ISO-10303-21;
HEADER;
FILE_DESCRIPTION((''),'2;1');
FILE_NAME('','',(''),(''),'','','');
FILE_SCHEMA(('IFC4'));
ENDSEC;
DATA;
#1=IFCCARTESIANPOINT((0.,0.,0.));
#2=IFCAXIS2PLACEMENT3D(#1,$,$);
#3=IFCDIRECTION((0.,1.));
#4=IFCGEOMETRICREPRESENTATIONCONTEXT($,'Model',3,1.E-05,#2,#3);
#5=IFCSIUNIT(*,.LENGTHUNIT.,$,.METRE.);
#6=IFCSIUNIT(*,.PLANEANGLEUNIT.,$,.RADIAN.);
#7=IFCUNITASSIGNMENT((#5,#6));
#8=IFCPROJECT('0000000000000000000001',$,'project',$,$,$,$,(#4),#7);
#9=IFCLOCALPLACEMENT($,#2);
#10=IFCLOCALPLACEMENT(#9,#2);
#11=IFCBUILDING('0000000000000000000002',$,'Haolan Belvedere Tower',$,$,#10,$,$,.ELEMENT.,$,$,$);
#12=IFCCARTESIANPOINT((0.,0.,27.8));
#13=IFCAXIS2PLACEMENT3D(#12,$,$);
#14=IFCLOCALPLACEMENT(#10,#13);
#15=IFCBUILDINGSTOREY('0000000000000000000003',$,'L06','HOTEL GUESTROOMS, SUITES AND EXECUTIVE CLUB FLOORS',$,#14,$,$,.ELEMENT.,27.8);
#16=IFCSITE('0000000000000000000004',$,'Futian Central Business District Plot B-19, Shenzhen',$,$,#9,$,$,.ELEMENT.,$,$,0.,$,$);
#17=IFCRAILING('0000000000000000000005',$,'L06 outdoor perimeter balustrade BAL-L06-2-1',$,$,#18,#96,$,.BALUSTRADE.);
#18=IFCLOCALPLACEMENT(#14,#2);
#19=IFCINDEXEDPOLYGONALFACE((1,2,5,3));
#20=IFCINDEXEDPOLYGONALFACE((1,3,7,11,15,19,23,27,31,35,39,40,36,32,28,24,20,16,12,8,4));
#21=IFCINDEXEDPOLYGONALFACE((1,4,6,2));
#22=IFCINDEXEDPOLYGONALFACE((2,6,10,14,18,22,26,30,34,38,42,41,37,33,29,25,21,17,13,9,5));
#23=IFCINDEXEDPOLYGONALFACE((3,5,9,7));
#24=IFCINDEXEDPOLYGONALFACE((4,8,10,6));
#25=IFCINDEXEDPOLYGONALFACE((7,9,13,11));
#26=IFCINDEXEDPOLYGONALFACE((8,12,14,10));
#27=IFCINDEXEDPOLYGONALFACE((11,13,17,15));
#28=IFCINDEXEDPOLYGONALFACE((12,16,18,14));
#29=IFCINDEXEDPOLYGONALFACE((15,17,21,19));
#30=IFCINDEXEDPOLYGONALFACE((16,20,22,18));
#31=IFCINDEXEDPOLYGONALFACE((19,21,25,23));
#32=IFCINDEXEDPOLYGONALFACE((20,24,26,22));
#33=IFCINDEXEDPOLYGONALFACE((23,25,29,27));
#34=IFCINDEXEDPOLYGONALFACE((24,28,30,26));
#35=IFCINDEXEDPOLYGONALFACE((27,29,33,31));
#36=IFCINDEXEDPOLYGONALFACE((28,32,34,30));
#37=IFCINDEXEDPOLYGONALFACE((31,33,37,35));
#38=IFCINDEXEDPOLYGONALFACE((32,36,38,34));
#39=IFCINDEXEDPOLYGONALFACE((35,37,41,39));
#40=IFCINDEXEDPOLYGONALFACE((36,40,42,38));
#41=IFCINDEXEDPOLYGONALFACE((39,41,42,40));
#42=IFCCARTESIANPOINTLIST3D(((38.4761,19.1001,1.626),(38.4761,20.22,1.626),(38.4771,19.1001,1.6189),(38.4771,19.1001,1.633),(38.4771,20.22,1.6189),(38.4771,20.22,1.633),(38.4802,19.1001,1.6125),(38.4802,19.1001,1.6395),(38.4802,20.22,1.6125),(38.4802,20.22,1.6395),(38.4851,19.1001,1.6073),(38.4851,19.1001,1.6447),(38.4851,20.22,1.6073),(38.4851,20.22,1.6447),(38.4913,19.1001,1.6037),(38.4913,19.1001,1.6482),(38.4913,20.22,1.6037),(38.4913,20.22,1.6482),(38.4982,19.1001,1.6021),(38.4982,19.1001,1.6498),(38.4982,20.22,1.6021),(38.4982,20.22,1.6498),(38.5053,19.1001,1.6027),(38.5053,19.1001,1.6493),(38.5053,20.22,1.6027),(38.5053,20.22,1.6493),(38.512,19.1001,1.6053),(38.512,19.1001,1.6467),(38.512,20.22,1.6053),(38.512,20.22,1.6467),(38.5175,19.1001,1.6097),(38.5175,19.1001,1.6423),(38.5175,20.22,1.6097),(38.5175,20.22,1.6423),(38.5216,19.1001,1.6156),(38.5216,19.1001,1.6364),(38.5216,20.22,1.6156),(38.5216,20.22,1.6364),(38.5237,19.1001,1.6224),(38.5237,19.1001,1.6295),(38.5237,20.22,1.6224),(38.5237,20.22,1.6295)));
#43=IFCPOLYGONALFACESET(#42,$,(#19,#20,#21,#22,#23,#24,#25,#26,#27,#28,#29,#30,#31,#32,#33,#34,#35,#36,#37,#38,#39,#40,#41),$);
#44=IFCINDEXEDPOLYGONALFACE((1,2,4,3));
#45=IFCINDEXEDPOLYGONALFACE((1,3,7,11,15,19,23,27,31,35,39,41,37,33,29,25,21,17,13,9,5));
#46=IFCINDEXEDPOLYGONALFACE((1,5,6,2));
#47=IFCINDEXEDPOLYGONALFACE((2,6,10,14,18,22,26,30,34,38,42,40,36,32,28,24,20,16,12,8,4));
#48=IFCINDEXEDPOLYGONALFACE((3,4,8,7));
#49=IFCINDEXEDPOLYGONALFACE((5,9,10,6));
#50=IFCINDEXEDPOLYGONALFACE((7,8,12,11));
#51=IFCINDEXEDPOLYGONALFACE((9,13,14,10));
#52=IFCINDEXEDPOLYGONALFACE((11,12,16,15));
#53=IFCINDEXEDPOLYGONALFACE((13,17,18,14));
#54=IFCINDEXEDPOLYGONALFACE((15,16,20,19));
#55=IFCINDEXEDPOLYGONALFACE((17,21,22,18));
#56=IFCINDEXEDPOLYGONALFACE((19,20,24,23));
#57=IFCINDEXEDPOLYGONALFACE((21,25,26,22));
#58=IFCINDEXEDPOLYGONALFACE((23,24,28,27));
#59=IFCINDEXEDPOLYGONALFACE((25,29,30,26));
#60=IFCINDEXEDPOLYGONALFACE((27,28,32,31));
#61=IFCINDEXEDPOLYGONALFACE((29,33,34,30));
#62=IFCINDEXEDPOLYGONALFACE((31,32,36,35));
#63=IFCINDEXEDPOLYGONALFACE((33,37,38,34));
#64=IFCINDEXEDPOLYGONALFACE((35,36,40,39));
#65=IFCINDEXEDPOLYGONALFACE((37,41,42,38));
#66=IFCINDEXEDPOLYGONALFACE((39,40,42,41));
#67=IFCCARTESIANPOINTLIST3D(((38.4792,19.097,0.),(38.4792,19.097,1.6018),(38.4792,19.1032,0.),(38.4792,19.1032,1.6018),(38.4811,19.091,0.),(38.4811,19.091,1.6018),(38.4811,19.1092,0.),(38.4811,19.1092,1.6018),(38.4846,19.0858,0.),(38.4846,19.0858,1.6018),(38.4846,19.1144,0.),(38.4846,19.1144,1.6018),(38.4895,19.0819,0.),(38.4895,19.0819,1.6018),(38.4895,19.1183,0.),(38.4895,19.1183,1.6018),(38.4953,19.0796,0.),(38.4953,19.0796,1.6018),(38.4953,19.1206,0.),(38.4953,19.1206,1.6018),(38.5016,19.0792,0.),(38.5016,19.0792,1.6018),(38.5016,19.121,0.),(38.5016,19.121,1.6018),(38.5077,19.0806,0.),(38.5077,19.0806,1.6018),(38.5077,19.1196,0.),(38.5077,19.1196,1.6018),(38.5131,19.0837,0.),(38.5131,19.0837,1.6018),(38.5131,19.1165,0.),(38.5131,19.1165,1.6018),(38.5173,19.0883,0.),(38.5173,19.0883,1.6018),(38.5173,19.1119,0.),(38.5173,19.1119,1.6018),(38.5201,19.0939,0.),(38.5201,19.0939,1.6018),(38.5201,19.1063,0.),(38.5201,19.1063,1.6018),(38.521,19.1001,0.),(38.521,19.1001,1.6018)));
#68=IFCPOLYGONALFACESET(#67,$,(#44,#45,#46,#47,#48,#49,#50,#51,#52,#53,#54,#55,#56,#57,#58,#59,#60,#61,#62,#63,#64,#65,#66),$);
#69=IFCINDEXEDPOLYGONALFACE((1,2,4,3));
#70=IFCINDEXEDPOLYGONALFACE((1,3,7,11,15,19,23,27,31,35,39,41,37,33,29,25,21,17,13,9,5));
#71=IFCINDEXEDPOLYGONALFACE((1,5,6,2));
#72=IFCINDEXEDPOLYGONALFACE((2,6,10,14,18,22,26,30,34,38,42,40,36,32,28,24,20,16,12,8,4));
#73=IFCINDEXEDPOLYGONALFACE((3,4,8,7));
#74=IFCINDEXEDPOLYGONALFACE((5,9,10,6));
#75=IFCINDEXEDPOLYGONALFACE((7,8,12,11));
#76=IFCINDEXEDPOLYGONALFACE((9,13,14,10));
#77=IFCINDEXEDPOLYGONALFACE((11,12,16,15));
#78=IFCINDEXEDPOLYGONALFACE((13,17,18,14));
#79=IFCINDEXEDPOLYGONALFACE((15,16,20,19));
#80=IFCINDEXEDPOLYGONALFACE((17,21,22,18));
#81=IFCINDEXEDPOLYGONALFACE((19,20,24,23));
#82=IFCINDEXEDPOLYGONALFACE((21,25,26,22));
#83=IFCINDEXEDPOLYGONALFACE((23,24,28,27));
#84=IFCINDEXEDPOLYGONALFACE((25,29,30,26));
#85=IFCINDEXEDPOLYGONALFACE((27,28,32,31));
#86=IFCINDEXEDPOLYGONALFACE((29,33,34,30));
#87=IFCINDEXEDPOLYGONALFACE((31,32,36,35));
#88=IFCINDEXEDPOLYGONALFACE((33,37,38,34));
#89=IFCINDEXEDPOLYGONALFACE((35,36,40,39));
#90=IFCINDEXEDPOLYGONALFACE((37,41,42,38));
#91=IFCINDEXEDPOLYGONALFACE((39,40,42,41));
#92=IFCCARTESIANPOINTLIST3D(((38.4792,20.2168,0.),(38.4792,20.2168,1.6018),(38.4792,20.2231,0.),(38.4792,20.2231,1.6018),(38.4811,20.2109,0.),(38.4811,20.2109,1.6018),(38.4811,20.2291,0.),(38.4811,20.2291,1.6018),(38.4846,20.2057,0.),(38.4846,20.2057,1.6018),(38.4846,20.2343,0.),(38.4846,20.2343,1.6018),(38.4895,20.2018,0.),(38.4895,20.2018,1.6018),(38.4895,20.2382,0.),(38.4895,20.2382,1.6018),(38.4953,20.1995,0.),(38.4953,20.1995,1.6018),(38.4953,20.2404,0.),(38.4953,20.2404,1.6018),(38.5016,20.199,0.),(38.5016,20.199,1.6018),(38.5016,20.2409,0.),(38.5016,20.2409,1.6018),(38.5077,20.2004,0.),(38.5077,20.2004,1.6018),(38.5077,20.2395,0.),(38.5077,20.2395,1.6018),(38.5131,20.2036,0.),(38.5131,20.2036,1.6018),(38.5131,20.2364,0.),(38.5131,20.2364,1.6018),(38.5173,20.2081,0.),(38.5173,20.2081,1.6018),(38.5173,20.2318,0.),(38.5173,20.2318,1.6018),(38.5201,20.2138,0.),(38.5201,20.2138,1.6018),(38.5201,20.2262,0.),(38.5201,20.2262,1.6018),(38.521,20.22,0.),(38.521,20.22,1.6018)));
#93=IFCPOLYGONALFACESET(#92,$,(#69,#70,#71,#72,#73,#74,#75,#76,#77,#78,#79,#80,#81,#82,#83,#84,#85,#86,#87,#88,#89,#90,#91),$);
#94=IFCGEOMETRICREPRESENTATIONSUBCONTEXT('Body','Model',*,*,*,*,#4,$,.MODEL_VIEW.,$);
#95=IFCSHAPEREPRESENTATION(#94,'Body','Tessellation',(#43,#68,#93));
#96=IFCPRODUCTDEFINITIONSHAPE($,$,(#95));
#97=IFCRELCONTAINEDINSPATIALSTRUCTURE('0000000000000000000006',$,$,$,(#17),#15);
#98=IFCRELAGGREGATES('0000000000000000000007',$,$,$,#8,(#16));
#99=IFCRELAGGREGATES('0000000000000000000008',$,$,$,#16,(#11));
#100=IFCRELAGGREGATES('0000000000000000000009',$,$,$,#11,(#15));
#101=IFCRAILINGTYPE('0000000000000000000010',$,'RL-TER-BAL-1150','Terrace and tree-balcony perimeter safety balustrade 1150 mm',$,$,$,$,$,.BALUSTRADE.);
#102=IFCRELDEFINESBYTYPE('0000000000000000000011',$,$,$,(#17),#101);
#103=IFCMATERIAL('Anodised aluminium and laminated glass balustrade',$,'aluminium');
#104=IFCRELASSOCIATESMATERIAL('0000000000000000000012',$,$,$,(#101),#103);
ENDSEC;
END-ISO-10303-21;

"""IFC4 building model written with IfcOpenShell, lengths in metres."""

from ifc_helpers import new_model, si_unit, direction, frame, origin, origin_2d, place, context, subcontext, project, spatial, circle, extrude, material, type_object, element, save


model = new_model("IFC4")

# Units and contexts
model_context = context("Model", 3, precision=1e-05, world=origin(), true_north=direction((0.0, 1.0)))
body_context = subcontext(model_context, "Body", "Model", "MODEL_VIEW")
ifc_project = project(units=[si_unit("LENGTHUNIT", "METRE"), si_unit("PLANEANGLEUNIT", "RADIAN")], contexts=[model_context])

# Site, building, storey
site_placement = place(None, origin())
site = spatial("IfcSite", under=ifc_project, at=site_placement, Name="Futian Central Business District Plot B-19, Shenzhen", CompositionType="ELEMENT", RefElevation=0.0)
building_placement = place(site_placement, origin())
building = spatial("IfcBuilding", under=site, at=building_placement, Name="Haolan Belvedere Tower", CompositionType="ELEMENT")
storey_placement = place(building_placement, frame((0.0, 0.0, 27.8)))
storey = spatial("IfcBuildingStorey", under=building, at=storey_placement, Name="L06", Description="HOTEL GUESTROOMS, SUITES AND EXECUTIVE CLUB FLOORS", CompositionType="ELEMENT", Elevation=27.8)

# Railing
ifc_material_1 = material(Name="Anodised aluminium and laminated glass balustrade", Category="aluminium")
railing_type = type_object("IfcRailingType", Name="RL-TER-BAL-1150", Description="Terrace and tree-balcony perimeter safety balustrade 1150 mm", PredefinedType="BALUSTRADE", material=ifc_material_1)
railing_1_placement = place(storey_placement, frame((38.5, 19.1001, 0.0)))
element("IfcRailing", 1, at=railing_1_placement, inside=storey, type_object=railing_type, Name="L06 outdoor perimeter balustrade BAL-L06-2-1", PredefinedType="BALUSTRADE", context=body_context, shape_type="SweptSolid", body=[
    extrude(circle(Radius=0.0239, at=origin_2d()), frame((0.0, 0.0, 1.626), z_axis=(0.0, 1.0, 0.0), x_axis=(-1.0, 0.0, 0.0)), (0.0, 0.0, 1.0), 1.1199),
    extrude(circle(Radius=0.021, at=origin_2d()), origin(), (0.0, 0.0, 1.0), 1.6018),
    extrude(circle(Radius=0.021, at=origin_2d()), frame((0.0, 1.1199, 0.0)), (0.0, 0.0, 1.0), 1.6018),
])

save(model, "model.ifc")
